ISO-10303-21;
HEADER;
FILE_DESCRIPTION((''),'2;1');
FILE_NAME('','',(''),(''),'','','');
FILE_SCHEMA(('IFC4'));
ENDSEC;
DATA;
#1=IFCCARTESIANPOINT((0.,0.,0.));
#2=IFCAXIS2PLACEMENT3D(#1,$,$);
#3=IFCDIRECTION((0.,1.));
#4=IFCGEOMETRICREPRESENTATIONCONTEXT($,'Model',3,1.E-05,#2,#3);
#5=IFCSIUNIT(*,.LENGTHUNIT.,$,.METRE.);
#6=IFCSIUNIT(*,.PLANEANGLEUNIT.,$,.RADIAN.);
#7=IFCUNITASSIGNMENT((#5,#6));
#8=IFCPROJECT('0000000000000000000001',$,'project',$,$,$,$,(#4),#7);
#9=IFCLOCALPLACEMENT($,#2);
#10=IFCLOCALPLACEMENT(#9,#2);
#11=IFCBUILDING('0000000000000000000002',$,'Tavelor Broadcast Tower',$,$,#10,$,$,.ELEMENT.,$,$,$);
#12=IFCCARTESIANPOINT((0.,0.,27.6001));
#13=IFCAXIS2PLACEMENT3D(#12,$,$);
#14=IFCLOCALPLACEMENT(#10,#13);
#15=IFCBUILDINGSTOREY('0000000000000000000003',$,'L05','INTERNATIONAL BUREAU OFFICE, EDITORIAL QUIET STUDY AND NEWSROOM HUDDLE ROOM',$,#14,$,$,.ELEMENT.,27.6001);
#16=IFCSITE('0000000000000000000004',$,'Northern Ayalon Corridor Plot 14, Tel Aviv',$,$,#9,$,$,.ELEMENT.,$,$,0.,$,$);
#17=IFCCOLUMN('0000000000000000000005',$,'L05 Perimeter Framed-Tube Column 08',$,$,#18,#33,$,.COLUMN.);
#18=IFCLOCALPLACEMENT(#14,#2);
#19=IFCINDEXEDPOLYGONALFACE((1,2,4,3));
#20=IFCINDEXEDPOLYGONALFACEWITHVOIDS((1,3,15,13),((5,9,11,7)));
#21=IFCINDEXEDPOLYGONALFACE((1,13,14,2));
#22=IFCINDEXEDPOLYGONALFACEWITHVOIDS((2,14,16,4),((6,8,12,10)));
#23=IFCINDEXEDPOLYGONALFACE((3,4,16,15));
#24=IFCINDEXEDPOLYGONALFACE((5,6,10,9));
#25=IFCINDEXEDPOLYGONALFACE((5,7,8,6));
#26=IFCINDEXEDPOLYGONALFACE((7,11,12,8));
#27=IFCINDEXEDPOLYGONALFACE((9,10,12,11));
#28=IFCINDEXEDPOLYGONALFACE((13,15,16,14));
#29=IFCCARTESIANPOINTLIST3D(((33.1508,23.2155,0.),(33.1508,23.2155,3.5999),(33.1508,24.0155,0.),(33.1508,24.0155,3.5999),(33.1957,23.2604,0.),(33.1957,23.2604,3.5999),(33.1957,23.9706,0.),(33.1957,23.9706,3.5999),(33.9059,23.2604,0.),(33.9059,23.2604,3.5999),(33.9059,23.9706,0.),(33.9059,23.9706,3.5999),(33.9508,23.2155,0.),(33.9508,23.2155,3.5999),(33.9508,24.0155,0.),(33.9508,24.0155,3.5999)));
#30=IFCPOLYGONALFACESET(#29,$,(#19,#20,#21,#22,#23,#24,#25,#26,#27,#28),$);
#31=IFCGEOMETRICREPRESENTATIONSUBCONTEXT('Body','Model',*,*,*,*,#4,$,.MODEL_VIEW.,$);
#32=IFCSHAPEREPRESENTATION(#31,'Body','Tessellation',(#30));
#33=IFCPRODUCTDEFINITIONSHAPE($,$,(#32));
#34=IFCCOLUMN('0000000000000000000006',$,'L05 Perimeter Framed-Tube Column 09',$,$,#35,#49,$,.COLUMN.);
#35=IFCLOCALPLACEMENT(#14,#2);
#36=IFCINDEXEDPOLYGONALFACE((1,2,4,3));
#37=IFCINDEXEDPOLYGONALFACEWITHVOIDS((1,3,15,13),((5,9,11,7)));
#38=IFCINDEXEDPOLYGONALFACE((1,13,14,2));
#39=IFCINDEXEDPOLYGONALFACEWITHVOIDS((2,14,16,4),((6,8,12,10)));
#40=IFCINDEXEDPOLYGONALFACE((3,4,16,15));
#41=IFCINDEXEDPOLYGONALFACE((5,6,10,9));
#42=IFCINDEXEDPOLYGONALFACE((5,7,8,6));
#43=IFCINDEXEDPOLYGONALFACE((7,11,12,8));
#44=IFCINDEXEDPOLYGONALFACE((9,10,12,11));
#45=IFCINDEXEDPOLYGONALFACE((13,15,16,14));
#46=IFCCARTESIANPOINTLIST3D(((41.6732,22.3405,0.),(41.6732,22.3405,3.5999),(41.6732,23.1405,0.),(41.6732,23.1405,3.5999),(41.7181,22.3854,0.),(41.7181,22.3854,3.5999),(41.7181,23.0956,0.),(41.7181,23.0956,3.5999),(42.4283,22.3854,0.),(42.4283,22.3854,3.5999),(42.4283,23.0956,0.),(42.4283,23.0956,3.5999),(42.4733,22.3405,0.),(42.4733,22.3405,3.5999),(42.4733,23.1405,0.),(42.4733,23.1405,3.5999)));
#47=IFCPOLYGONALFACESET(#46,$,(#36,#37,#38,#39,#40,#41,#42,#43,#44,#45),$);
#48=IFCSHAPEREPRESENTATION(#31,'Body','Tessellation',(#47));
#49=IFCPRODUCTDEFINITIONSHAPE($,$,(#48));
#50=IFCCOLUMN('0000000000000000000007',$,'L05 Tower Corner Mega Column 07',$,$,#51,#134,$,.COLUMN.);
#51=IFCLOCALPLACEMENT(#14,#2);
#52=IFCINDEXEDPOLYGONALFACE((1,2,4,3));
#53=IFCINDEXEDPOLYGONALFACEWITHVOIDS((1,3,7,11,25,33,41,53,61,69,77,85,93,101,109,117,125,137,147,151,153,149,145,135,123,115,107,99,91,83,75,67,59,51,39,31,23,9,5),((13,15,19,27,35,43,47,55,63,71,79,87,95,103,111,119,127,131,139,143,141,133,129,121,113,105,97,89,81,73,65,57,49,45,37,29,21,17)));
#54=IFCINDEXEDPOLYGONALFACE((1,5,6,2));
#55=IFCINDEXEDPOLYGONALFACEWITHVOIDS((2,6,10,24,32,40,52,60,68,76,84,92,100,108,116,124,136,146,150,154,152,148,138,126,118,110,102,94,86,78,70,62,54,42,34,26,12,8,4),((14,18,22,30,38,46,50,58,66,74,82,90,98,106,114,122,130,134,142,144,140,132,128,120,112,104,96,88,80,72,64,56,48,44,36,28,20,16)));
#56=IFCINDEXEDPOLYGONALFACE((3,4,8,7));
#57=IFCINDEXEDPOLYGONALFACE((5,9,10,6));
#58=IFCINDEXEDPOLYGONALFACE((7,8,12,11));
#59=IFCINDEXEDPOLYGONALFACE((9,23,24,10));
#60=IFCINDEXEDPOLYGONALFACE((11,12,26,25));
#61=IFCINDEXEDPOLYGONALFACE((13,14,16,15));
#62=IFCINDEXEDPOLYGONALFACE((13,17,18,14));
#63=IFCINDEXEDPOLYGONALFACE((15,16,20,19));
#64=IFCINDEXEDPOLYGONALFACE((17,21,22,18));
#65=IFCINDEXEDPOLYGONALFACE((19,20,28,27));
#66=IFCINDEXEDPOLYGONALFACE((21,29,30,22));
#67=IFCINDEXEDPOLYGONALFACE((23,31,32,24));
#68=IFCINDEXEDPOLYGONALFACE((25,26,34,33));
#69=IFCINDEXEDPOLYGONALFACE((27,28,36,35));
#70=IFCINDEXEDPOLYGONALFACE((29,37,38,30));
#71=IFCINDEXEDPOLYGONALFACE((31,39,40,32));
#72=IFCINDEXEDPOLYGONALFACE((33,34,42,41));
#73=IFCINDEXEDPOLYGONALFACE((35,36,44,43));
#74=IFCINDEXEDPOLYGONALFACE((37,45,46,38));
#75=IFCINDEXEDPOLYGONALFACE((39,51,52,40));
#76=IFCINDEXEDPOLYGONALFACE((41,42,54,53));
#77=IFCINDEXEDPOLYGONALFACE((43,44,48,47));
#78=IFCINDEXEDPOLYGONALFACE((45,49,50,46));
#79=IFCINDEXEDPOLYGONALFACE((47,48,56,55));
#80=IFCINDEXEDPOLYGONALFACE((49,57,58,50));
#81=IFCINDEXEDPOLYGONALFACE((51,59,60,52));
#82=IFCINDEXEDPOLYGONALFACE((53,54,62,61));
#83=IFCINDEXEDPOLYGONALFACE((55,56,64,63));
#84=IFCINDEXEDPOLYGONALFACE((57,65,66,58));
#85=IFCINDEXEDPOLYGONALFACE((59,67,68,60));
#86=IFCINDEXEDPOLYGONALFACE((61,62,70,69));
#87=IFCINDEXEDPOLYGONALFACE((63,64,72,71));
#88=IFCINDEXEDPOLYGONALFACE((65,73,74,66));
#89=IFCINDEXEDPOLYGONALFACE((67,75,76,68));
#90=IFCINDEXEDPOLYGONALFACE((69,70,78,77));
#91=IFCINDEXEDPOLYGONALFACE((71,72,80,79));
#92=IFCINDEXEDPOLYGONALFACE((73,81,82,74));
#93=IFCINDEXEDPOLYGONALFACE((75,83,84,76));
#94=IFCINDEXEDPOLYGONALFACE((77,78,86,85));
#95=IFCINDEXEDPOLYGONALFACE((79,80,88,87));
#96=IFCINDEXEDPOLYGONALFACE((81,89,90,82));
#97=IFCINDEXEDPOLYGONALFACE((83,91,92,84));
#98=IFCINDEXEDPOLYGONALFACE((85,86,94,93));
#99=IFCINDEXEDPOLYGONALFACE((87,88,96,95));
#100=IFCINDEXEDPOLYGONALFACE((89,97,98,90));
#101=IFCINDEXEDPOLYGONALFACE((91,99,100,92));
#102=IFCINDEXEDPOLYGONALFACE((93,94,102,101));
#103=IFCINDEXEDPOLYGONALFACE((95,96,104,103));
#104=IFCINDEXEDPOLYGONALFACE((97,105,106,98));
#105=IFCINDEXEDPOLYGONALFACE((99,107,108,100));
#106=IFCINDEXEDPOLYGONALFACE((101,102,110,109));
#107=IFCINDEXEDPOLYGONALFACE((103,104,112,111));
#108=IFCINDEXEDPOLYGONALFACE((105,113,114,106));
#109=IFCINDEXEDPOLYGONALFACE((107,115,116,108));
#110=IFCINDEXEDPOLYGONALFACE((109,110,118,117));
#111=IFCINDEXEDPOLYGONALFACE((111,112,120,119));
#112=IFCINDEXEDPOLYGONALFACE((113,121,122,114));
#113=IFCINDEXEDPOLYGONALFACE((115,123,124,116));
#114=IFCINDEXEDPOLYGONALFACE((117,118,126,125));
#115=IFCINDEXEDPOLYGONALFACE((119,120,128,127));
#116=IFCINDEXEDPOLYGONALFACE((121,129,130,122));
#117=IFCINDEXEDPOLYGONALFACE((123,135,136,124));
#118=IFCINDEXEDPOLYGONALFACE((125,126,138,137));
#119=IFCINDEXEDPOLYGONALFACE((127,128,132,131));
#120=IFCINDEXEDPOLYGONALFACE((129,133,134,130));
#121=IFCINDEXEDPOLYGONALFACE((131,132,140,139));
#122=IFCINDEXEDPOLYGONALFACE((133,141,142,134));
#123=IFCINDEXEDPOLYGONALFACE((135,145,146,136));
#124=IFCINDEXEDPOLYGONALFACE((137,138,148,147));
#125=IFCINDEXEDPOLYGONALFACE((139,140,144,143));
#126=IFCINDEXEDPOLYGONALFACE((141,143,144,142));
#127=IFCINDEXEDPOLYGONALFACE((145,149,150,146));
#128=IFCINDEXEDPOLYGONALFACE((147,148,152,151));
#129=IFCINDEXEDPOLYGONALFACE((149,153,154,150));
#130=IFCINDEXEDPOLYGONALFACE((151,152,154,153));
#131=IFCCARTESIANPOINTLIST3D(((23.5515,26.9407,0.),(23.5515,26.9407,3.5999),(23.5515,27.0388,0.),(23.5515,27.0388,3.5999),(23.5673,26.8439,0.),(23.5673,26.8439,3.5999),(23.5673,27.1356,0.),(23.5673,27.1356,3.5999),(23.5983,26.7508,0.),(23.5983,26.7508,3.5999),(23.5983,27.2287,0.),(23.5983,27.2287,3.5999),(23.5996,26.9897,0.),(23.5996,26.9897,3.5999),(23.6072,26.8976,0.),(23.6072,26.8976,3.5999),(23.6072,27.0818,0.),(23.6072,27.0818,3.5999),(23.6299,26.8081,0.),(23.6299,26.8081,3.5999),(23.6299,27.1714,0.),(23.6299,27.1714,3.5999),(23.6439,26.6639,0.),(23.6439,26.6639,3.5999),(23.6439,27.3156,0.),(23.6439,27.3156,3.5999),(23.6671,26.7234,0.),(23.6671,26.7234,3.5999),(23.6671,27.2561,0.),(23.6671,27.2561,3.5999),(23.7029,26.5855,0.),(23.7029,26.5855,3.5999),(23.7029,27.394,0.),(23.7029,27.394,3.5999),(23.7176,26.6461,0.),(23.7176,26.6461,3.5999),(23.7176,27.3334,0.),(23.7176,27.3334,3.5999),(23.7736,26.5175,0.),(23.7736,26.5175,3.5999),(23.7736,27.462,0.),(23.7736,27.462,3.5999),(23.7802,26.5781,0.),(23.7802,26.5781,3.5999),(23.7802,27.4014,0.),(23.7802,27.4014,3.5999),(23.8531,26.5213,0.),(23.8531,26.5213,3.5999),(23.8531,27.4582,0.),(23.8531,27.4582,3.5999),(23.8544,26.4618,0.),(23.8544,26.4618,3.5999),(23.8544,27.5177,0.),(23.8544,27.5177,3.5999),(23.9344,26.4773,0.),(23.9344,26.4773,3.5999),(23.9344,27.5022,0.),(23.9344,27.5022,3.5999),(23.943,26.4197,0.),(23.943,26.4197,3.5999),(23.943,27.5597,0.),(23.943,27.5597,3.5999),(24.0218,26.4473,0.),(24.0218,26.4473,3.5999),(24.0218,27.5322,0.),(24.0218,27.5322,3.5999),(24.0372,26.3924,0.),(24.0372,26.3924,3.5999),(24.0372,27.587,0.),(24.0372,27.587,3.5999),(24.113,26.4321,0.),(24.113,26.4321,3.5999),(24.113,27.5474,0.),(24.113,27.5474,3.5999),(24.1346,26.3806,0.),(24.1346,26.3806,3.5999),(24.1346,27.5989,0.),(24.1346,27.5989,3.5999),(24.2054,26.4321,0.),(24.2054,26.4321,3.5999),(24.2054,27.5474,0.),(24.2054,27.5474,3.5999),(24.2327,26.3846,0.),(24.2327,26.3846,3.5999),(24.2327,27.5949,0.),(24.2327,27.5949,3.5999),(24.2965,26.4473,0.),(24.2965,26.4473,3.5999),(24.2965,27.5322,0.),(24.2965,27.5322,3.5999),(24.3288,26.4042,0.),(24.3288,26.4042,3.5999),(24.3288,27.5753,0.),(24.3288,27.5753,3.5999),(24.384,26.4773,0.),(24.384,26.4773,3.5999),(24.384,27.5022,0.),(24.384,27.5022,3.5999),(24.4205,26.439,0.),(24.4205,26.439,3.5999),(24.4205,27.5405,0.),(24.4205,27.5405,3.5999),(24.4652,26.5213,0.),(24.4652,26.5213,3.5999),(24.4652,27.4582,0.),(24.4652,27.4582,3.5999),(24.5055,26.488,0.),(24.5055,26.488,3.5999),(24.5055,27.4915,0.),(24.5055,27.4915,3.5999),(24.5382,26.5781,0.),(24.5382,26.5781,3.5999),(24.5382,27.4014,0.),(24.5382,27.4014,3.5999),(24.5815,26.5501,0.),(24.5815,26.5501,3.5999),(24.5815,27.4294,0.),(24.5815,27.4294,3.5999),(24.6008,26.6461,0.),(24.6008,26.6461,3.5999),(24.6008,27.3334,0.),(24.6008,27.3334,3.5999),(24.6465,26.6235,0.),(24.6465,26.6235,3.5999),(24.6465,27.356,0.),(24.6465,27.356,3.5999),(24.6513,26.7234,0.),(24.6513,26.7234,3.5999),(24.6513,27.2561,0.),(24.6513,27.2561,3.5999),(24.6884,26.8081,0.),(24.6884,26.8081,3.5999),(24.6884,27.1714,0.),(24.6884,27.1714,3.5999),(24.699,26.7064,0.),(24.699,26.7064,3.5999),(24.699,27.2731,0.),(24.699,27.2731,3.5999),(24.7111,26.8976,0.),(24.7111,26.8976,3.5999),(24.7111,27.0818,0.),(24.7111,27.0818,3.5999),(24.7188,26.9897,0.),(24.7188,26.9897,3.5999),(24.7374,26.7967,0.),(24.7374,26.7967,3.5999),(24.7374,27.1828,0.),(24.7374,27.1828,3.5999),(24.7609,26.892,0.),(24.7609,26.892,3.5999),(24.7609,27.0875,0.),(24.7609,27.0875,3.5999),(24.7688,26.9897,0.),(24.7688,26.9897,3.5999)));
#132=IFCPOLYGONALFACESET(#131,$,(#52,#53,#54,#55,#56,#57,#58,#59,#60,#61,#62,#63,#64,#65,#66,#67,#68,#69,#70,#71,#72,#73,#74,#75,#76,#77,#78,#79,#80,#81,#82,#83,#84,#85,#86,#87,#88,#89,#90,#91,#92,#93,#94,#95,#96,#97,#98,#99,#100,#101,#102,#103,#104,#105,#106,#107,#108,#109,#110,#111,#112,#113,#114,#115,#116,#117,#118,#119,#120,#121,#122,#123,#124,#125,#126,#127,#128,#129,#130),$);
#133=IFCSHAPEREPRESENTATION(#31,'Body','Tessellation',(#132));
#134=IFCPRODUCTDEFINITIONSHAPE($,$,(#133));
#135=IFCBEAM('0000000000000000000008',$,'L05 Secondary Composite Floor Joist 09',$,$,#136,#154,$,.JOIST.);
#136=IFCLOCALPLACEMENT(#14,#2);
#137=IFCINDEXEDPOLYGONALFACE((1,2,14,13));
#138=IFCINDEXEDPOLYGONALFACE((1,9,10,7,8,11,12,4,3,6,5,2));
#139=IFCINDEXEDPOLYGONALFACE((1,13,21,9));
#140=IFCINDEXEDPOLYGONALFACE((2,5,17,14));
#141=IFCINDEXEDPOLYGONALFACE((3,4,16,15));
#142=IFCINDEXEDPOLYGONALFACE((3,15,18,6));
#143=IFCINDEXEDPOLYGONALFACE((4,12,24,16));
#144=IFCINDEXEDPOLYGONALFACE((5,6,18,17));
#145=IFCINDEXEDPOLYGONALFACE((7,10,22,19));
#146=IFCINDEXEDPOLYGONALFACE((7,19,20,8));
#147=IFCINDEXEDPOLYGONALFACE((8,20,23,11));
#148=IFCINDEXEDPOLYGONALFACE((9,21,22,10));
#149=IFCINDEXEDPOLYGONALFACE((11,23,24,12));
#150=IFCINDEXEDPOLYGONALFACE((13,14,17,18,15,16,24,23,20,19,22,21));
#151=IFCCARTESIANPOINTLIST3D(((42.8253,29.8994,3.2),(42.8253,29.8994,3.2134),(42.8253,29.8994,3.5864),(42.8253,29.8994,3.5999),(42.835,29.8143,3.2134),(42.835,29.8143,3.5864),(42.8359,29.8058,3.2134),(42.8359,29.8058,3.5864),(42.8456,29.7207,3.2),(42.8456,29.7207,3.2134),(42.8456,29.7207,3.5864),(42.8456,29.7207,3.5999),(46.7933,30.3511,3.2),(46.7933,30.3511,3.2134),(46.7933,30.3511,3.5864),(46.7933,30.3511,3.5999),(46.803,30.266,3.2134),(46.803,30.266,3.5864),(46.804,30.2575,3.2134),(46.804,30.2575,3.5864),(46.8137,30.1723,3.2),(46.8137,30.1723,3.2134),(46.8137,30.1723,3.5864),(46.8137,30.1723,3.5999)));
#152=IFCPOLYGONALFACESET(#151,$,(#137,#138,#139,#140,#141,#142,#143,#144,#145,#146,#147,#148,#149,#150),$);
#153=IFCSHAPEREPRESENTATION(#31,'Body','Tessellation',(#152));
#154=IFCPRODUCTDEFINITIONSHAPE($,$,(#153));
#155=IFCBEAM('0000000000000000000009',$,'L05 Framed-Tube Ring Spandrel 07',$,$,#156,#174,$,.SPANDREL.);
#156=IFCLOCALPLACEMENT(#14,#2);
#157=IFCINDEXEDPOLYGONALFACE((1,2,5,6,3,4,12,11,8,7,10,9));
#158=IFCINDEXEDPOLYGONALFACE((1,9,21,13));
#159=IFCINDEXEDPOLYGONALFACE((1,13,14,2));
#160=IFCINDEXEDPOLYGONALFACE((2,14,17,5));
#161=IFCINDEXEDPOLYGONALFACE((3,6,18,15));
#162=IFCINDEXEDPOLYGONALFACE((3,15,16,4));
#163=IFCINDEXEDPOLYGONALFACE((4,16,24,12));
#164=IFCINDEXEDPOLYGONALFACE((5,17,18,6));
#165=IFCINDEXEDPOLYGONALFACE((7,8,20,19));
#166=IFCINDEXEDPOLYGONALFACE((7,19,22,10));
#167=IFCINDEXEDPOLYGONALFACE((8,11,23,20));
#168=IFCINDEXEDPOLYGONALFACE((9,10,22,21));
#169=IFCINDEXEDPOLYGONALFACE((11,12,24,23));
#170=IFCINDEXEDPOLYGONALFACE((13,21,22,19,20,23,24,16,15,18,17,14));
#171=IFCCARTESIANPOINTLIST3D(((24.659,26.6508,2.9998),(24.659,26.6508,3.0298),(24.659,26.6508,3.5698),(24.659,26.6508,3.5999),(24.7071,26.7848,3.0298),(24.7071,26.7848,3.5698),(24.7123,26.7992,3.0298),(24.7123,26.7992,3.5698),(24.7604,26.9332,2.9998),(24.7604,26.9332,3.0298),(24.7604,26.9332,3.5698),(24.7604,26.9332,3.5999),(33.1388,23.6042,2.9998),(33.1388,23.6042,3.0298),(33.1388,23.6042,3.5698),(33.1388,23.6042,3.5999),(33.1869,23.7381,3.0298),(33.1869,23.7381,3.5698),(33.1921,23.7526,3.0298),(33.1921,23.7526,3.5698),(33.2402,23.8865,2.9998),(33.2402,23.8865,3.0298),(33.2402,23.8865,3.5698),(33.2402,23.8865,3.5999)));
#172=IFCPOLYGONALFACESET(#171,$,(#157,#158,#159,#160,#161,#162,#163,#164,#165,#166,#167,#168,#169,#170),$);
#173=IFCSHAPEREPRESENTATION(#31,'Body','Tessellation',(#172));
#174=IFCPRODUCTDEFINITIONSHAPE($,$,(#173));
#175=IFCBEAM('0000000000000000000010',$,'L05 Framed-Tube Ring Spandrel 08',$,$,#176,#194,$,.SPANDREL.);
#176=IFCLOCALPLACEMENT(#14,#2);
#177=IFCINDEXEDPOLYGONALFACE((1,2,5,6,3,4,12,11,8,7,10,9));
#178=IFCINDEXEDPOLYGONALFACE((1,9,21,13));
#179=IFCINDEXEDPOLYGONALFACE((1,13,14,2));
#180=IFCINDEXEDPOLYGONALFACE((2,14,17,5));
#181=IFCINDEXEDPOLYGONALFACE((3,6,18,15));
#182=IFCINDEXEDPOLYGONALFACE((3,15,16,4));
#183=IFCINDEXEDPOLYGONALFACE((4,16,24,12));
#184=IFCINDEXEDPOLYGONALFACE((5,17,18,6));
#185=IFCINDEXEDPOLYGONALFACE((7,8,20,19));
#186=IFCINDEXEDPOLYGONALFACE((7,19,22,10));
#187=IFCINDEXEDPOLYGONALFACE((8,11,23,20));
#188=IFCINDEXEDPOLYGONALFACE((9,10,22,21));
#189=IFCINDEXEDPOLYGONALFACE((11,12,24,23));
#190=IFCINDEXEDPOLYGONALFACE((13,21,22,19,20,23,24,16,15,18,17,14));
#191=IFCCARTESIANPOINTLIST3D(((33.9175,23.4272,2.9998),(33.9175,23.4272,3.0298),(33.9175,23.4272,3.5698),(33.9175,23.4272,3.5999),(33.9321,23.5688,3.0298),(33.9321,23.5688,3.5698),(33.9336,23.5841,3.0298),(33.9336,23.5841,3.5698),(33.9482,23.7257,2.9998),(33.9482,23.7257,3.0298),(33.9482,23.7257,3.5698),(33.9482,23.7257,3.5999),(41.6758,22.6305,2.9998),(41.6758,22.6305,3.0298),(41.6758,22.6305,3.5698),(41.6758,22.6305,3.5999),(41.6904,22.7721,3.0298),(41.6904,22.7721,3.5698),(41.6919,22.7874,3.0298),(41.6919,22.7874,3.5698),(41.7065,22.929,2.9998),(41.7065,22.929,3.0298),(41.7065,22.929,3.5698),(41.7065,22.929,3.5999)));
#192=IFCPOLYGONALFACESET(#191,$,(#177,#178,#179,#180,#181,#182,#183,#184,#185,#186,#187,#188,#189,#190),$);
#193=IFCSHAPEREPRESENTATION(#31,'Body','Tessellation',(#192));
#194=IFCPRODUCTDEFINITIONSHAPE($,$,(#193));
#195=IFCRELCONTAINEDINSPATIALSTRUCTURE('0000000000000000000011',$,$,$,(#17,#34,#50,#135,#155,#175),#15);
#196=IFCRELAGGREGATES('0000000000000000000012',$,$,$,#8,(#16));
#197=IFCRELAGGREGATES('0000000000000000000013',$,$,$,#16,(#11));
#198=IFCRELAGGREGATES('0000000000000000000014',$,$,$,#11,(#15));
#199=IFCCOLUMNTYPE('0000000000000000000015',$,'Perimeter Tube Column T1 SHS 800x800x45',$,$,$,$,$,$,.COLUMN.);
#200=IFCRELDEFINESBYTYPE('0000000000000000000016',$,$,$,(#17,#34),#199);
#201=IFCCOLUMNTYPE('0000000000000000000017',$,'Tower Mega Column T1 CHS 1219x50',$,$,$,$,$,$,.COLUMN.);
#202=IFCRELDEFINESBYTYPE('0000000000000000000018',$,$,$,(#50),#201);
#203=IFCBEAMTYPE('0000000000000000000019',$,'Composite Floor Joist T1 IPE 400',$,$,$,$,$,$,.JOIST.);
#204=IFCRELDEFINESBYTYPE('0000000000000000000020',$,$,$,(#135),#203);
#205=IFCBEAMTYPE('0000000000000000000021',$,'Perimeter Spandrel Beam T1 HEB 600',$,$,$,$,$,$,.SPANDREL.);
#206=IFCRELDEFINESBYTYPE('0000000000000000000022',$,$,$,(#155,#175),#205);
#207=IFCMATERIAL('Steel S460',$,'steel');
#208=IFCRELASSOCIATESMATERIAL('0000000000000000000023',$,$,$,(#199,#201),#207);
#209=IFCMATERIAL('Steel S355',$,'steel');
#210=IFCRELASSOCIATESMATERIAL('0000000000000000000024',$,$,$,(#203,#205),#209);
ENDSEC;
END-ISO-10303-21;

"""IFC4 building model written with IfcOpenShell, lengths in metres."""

from ifc_helpers import new_model, si_unit, direction, frame, origin, origin_2d, place, context, subcontext, project, spatial, hollow_rectangle, hollow_circle, i_section, extrude, material, material_profile, profile_set, type_object, element, save


model = new_model("IFC4")

# Units and contexts
model_context = context("Model", 3, precision=1e-05, world=origin(), true_north=direction((0.0, 1.0)))
body_context = subcontext(model_context, "Body", "Model", "MODEL_VIEW")
ifc_project = project(units=[si_unit("LENGTHUNIT", "METRE"), si_unit("PLANEANGLEUNIT", "RADIAN")], contexts=[model_context])

# Site, building, storey
site_placement = place(None, origin())
site = spatial("IfcSite", under=ifc_project, at=site_placement, Name="Northern Ayalon Corridor Plot 14, Tel Aviv", CompositionType="ELEMENT", RefElevation=0.0)
building_placement = place(site_placement, origin())
building = spatial("IfcBuilding", under=site, at=building_placement, Name="Tavelor Broadcast Tower", CompositionType="ELEMENT")
storey_placement = place(building_placement, frame((0.0, 0.0, 27.6001)))
storey = spatial("IfcBuildingStorey", under=building, at=storey_placement, Name="L05", Description="INTERNATIONAL BUREAU OFFICE, EDITORIAL QUIET STUDY AND NEWSROOM HUDDLE ROOM", CompositionType="ELEMENT", Elevation=27.6001)

# Columns
ifc_material_1 = material(Name="Steel S460", Category="steel")
ifc_material_profile_1 = material_profile(ifc_material_1, hollow_rectangle(XDim=0.8, YDim=0.8, WallThickness=0.0449, at=origin_2d()), Name="SHS 800x800x45")
ifc_profile_set_1 = profile_set([ifc_material_profile_1], Name="Steel S460")
column_type_1 = type_object("IfcColumnType", Name="Perimeter Tube Column T1 SHS 800x800x45", PredefinedType="COLUMN", material=ifc_profile_set_1)
for number, where, z_axis, x_axis, name in (
    (1, (33.5508, 23.6155, 0.0), (0.0, 0.0, 1.0), (1.0, 0.0, 0.0), "L05 Perimeter Framed-Tube Column 08"),
    (2, (42.0732, 22.7405, 0.0), (0.0, 0.0, 1.0), (1.0, 0.0, 0.0), "L05 Perimeter Framed-Tube Column 09"),
):
    element("IfcColumn", number, at=place(storey_placement, frame(where, z_axis=z_axis, x_axis=x_axis)), inside=storey, type_object=column_type_1, Name=name, PredefinedType="COLUMN", context=body_context, shape_type="SweptSolid", body=[
        extrude(hollow_rectangle(XDim=0.8, YDim=0.8, WallThickness=0.0449, at=origin_2d()), origin(), (0.0, 0.0, 1.0), 3.5999),
    ])
ifc_material_profile_2 = material_profile(ifc_material_1, hollow_circle(Radius=0.6096, WallThickness=0.05, at=origin_2d()), Name="CHS 1219x50")
ifc_profile_set_2 = profile_set([ifc_material_profile_2], Name="Steel S460")
column_type_2 = type_object("IfcColumnType", Name="Tower Mega Column T1 CHS 1219x50", PredefinedType="COLUMN", material=ifc_profile_set_2)
column_placement = place(storey_placement, frame((24.1592, 26.9897, 0.0), z_axis=(0.0, 0.0, 1.0), x_axis=(1.0, 0.0, 0.0)))
element("IfcColumn", 3, at=column_placement, inside=storey, type_object=column_type_2, Name="L05 Tower Corner Mega Column 07", PredefinedType="COLUMN", context=body_context, shape_type="SweptSolid", body=[
    extrude(hollow_circle(Radius=0.6096, WallThickness=0.05, at=origin_2d()), origin(), (0.0, 0.0, 1.0), 3.5999),
])

# Beams
ifc_material_2 = material(Name="Steel S355", Category="steel")
ifc_material_profile_3 = material_profile(ifc_material_2, i_section(OverallWidth=0.1799, OverallDepth=0.3999, WebThickness=0.0085, FlangeThickness=0.0134, at=origin_2d()), Name="IPE 400")
ifc_profile_set_3 = profile_set([ifc_material_profile_3], Name="Steel S355")
beam_type_1 = type_object("IfcBeamType", Name="Composite Floor Joist T1 IPE 400", PredefinedType="JOIST", material=ifc_profile_set_3)
beam_1_placement = place(storey_placement, frame((42.8354, 29.8101, 3.3999), z_axis=(0.993584, 0.113095, 0.0), x_axis=(-0.113095, 0.993584, 0.0)))
element("IfcBeam", 4, at=beam_1_placement, inside=storey, type_object=beam_type_1, Name="L05 Secondary Composite Floor Joist 09", PredefinedType="JOIST", context=body_context, shape_type="SweptSolid", body=[
    extrude(i_section(OverallWidth=0.1799, OverallDepth=0.3999, WebThickness=0.0085, FlangeThickness=0.0134, at=origin_2d()), origin(), (0.0, 0.0, 1.0), 3.9937),
])
ifc_material_profile_4 = material_profile(ifc_material_2, i_section(OverallWidth=0.3, OverallDepth=0.6001, WebThickness=0.0154, FlangeThickness=0.03, at=origin_2d()), Name="HEB 600")
ifc_profile_set_4 = profile_set([ifc_material_profile_4], Name="Steel S355")
beam_type_2 = type_object("IfcBeamType", Name="Perimeter Spandrel Beam T1 HEB 600", PredefinedType="SPANDREL", material=ifc_profile_set_4)
beam_2_placement = place(storey_placement, frame((24.7097, 26.792, 3.2998), z_axis=(0.941102, -0.338123, 0.0), x_axis=(0.338123, 0.941102, 0.0)))
element("IfcBeam", 5, at=beam_2_placement, inside=storey, type_object=beam_type_2, Name="L05 Framed-Tube Ring Spandrel 07", PredefinedType="SPANDREL", context=body_context, shape_type="SweptSolid", body=[
    extrude(i_section(OverallWidth=0.3, OverallDepth=0.6001, WebThickness=0.0154, FlangeThickness=0.03, at=origin_2d()), origin(), (0.0, 0.0, 1.0), 9.0105),
])
beam_3_placement = place(storey_placement, frame((33.9329, 23.5764, 3.2998), z_axis=(0.99477, -0.102144, 0.0), x_axis=(0.102144, 0.99477, 0.0)))
element("IfcBeam", 6, at=beam_3_placement, inside=storey, type_object=beam_type_2, Name="L05 Framed-Tube Ring Spandrel 08", PredefinedType="SPANDREL", context=body_context, shape_type="SweptSolid", body=[
    extrude(i_section(OverallWidth=0.3, OverallDepth=0.6001, WebThickness=0.0154, FlangeThickness=0.03, at=origin_2d()), origin(), (0.0, 0.0, 1.0), 7.7991),
])

save(model, "model.ifc")
